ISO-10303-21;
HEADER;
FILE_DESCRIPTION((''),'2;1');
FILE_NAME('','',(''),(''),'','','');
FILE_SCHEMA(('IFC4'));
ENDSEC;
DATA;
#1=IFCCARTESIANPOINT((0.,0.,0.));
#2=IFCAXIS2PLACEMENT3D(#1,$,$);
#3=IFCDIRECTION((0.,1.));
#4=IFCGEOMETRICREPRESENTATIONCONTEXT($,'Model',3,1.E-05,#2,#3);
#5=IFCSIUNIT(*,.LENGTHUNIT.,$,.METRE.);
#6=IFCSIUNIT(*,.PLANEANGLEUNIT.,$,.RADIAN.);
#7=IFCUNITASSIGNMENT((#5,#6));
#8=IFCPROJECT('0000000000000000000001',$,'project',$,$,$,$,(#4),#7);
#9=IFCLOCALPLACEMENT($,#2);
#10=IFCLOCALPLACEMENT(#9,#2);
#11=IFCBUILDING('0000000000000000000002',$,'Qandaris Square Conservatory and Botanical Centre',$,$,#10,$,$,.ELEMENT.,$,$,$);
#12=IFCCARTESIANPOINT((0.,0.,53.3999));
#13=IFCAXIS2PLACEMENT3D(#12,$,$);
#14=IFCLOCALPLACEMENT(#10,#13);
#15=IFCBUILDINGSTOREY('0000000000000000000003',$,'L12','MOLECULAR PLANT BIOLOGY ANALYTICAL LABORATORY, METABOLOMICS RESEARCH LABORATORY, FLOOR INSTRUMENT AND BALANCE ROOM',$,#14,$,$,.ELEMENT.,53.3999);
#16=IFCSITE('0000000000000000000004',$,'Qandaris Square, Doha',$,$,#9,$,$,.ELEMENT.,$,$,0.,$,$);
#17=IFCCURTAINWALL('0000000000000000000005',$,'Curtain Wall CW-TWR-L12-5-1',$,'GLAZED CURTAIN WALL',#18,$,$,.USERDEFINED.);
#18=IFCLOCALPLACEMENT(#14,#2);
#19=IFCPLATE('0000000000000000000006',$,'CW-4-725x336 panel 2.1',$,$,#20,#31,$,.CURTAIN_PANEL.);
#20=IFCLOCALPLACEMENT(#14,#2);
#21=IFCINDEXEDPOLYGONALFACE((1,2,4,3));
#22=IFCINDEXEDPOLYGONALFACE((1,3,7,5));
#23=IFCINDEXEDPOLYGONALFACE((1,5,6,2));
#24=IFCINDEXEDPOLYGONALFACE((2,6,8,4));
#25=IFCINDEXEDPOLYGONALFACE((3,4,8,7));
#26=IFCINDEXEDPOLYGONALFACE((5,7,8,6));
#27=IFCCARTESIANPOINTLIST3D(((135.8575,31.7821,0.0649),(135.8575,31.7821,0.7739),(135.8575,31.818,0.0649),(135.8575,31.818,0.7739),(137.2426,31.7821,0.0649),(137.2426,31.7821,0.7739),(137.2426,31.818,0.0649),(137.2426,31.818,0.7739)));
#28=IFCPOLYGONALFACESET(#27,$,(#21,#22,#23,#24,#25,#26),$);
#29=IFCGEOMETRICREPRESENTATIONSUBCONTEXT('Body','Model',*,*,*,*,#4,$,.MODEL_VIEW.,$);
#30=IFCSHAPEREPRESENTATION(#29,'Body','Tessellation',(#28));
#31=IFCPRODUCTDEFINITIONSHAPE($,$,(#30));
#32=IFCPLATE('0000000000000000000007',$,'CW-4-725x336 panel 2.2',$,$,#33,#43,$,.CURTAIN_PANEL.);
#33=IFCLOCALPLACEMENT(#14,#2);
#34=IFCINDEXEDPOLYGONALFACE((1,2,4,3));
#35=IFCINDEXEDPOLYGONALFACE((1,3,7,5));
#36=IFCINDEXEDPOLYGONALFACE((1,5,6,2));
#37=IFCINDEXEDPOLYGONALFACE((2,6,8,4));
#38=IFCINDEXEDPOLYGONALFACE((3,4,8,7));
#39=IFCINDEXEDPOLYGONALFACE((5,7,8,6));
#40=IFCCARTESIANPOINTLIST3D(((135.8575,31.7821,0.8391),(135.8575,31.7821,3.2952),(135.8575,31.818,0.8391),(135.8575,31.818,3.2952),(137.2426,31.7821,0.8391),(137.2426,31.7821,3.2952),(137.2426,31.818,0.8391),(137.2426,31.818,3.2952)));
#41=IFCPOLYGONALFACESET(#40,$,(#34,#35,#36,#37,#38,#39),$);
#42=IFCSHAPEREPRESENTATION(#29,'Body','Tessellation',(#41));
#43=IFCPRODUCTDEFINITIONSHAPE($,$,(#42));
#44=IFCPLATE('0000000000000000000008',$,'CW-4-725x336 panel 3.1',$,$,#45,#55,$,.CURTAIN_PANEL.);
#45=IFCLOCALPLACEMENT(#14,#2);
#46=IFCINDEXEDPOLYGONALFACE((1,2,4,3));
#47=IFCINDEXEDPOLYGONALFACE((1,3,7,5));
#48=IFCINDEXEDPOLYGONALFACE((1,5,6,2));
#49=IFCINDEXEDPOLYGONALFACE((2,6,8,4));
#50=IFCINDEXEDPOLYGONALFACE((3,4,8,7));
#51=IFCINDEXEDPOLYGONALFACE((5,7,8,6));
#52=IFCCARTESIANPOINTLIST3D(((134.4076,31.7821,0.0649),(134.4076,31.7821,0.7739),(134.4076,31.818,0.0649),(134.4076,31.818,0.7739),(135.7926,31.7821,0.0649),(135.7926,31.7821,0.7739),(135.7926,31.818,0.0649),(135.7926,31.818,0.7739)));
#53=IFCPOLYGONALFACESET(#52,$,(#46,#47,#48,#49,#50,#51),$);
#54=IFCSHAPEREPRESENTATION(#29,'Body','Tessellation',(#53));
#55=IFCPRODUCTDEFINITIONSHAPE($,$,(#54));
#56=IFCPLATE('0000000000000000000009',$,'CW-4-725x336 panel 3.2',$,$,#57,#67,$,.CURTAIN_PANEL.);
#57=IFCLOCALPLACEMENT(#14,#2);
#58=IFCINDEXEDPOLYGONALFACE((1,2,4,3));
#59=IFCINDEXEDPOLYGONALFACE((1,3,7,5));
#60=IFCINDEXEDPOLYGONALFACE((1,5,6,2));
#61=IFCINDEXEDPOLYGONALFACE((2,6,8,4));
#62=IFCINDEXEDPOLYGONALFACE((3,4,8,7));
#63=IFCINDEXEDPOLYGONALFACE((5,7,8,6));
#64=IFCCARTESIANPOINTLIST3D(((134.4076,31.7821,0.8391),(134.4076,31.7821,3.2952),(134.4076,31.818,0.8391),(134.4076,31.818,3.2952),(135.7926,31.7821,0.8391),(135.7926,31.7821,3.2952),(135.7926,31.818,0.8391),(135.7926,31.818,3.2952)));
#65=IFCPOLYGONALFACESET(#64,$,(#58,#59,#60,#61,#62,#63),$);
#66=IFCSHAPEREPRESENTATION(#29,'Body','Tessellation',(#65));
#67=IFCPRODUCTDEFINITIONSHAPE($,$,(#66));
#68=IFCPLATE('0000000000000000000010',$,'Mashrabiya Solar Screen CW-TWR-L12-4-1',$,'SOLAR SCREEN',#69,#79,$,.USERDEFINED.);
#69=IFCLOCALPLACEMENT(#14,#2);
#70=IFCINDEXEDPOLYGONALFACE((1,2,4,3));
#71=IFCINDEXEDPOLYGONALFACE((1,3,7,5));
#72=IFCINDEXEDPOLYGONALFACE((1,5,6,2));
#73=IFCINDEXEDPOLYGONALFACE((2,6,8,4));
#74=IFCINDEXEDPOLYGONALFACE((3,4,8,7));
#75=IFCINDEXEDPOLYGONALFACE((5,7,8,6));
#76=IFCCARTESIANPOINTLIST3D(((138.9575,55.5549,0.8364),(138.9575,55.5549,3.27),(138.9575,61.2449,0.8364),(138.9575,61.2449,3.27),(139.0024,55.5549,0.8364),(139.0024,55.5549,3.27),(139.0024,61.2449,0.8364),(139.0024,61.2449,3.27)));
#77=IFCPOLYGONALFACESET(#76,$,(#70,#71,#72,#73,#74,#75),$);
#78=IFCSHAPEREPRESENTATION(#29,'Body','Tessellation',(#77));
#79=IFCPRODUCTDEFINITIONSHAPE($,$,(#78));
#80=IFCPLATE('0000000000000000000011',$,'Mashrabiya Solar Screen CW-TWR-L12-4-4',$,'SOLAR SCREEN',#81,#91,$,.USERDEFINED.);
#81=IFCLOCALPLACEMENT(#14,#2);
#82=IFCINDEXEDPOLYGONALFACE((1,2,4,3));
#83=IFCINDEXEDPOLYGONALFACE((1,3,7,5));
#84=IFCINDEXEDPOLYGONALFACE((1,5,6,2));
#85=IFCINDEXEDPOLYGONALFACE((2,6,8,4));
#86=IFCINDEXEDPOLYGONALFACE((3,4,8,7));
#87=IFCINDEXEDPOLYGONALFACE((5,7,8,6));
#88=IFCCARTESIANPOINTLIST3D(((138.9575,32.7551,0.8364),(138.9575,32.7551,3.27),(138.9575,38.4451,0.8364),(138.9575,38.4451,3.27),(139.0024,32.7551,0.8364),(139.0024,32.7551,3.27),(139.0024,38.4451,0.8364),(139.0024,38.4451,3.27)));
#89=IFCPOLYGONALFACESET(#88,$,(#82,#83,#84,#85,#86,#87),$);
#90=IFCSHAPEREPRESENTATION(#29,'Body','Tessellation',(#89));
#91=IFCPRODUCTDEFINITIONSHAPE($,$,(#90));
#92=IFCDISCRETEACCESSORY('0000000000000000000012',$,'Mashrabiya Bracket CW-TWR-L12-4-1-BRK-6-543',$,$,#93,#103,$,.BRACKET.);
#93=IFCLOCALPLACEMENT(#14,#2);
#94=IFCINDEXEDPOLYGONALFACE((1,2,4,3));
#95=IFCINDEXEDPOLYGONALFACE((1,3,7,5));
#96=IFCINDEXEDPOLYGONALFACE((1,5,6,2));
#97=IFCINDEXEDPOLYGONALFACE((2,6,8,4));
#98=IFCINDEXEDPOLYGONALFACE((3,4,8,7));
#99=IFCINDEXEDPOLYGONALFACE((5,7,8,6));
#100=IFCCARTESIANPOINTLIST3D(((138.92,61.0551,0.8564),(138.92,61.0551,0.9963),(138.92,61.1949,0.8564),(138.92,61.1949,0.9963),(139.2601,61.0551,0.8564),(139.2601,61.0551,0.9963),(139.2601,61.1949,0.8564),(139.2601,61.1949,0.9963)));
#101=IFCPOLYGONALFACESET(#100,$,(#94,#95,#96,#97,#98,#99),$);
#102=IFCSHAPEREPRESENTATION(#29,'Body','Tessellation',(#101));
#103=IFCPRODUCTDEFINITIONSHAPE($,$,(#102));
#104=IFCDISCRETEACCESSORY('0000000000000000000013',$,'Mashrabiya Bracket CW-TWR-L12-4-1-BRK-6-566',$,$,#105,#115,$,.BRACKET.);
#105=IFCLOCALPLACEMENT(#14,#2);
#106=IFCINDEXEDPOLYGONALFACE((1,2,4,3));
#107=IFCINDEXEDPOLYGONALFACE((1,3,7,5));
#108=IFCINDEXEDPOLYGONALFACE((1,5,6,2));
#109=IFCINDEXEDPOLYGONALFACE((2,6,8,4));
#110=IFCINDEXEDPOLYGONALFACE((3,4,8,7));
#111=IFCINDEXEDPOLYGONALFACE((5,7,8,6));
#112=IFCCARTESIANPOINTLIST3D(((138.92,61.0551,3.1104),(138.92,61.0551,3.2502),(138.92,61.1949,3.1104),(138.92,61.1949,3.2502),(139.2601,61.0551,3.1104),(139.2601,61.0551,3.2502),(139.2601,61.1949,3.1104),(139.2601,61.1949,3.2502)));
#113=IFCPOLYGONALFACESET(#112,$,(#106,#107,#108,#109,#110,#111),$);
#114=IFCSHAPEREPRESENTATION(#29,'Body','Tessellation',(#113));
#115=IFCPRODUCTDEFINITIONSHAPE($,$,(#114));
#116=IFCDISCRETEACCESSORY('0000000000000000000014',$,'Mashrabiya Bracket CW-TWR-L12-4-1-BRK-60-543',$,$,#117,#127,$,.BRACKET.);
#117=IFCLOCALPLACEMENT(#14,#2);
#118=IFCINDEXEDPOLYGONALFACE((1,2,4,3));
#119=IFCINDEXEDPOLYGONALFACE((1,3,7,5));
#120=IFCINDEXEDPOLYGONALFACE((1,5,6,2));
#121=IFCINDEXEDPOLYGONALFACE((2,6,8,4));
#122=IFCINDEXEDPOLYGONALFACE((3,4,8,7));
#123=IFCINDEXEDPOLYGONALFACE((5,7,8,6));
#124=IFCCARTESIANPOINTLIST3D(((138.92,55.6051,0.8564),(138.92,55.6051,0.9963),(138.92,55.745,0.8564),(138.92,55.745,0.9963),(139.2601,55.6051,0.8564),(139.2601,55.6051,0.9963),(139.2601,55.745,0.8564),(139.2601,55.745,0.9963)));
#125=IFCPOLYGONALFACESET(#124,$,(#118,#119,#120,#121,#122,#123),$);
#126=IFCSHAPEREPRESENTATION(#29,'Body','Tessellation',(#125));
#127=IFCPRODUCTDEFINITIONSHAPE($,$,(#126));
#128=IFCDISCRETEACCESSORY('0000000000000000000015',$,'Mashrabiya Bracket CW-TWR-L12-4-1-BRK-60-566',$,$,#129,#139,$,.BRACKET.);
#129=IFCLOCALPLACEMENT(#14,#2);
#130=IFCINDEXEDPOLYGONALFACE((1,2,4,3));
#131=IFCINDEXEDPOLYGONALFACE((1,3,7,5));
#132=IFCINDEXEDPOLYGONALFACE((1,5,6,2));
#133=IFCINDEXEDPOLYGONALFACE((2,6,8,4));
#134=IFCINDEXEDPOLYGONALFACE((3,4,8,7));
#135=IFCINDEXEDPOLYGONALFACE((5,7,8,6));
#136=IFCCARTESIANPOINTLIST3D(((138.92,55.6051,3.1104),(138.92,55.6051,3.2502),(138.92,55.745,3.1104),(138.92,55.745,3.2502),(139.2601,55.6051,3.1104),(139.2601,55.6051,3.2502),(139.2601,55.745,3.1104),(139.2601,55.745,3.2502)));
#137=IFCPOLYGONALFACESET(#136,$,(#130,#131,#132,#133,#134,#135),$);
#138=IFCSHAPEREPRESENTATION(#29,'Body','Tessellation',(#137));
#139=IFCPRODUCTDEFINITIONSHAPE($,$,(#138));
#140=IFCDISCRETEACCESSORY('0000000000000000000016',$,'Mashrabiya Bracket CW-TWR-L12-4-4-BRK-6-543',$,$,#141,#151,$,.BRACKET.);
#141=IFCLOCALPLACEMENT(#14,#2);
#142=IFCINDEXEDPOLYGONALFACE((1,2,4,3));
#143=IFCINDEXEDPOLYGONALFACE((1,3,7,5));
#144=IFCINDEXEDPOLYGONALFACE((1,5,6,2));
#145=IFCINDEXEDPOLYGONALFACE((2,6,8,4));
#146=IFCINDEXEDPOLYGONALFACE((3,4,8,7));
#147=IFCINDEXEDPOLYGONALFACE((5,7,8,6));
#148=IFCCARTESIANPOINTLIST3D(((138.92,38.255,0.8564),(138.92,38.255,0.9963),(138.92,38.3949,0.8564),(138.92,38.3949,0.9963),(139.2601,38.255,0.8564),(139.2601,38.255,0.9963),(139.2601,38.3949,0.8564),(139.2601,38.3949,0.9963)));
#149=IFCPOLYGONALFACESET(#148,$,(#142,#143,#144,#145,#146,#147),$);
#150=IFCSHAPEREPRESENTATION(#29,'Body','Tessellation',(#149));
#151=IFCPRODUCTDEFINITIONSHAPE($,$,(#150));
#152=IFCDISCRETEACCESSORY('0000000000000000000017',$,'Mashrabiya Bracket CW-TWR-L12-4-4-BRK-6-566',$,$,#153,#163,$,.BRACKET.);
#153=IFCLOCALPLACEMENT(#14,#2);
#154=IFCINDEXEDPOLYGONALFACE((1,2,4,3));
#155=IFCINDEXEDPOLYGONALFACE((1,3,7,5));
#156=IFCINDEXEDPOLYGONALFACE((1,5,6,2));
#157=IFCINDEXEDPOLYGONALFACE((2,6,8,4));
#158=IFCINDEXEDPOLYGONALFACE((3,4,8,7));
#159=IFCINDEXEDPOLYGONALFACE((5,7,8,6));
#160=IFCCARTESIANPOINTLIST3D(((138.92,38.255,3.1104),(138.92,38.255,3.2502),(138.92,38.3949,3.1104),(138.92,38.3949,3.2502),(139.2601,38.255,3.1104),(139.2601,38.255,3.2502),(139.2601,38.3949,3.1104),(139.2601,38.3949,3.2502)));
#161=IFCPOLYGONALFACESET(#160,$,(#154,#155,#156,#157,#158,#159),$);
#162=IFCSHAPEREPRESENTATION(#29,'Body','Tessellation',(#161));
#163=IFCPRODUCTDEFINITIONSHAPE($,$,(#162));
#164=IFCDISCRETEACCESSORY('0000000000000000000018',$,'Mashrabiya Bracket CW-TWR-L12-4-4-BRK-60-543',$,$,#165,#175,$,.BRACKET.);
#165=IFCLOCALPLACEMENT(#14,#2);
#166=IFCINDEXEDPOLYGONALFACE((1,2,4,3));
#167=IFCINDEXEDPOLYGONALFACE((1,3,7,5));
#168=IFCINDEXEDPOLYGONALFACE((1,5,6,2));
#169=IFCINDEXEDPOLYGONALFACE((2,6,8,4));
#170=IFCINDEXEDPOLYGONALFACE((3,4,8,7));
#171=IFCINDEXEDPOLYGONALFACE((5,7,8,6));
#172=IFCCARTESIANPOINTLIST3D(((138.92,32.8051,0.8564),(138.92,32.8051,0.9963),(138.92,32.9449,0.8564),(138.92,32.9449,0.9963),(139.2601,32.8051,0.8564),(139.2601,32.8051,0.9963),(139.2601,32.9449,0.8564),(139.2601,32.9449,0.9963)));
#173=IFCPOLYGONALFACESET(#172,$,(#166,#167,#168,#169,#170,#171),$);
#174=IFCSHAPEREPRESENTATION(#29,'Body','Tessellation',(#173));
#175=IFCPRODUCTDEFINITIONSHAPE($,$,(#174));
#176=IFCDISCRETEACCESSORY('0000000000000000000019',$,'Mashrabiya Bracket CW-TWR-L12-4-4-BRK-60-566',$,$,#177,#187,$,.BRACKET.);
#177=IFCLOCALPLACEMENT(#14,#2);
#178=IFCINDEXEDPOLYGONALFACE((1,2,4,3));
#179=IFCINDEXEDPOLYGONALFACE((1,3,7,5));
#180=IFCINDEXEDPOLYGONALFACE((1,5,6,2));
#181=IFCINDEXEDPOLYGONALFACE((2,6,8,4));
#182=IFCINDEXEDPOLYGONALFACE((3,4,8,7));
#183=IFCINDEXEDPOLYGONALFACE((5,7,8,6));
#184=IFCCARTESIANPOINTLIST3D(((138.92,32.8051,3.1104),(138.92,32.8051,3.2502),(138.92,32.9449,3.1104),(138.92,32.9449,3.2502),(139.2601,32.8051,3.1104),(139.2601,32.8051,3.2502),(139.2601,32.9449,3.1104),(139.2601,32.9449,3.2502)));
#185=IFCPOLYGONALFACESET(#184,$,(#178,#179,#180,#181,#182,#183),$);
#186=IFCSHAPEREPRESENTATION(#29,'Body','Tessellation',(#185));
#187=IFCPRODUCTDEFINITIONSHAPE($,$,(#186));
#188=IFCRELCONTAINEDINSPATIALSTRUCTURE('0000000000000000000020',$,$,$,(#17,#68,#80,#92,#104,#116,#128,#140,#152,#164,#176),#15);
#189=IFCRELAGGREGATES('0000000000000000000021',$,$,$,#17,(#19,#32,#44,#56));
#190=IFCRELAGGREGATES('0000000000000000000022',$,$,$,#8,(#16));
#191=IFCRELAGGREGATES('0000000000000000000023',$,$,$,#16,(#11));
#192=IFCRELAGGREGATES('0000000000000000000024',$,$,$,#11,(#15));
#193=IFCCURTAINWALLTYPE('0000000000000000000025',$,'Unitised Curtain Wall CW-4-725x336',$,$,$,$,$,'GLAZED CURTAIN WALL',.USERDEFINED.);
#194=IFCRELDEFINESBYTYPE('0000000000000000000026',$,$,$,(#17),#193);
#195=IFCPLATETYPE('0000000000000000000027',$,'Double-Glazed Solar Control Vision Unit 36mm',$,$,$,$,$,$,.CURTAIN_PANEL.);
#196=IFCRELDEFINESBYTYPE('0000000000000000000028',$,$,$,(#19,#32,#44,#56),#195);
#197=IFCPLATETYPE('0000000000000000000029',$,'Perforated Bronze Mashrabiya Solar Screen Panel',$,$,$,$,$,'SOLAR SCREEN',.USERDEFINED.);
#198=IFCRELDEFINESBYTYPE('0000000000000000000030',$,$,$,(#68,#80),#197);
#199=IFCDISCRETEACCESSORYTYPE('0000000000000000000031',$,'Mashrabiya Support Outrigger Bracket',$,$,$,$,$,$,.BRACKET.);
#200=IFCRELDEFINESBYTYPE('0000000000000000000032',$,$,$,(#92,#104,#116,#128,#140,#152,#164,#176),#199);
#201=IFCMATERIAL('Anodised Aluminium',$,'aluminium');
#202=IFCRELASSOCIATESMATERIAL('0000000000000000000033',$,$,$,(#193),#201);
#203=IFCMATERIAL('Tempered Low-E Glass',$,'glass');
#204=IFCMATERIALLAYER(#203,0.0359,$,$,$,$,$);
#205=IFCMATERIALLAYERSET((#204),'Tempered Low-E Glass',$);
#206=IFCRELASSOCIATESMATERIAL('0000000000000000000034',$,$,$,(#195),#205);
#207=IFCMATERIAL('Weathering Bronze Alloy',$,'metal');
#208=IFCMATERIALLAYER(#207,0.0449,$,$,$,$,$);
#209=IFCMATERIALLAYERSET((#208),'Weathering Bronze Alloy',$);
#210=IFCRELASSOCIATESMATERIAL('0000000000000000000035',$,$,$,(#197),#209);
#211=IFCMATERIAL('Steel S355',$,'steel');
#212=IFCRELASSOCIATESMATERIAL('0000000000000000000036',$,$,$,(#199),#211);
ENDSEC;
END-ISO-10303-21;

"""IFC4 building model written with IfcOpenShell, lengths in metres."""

from ifc_helpers import new_model, si_unit, direction, frame, origin, origin_2d, place, context, subcontext, project, spatial, rectangle, extrude, material, layer, layer_set, type_object, element, aggregate, save


model = new_model("IFC4")

# Units and contexts
model_context = context("Model", 3, precision=1e-05, world=origin(), true_north=direction((0.0, 1.0)))
body_context = subcontext(model_context, "Body", "Model", "MODEL_VIEW")
ifc_project = project(units=[si_unit("LENGTHUNIT", "METRE"), si_unit("PLANEANGLEUNIT", "RADIAN")], contexts=[model_context])

# Site, building, storey
site_placement = place(None, origin())
site = spatial("IfcSite", under=ifc_project, at=site_placement, Name="Qandaris Square, Doha", CompositionType="ELEMENT", RefElevation=0.0)
building_placement = place(site_placement, origin())
building = spatial("IfcBuilding", under=site, at=building_placement, Name="Qandaris Square Conservatory and Botanical Centre", CompositionType="ELEMENT")
storey_placement = place(building_placement, frame((0.0, 0.0, 53.3999)))
storey = spatial("IfcBuildingStorey", under=building, at=storey_placement, Name="L12", Description="MOLECULAR PLANT BIOLOGY ANALYTICAL LABORATORY, METABOLOMICS RESEARCH LABORATORY, FLOOR INSTRUMENT AND BALANCE ROOM", CompositionType="ELEMENT", Elevation=53.3999)

# Curtain wall, plates
ifc_material_1 = material(Name="Anodised Aluminium", Category="aluminium")
curtain_wall_type = type_object("IfcCurtainWallType", Name="Unitised Curtain Wall CW-4-725x336", ElementType="GLAZED CURTAIN WALL", PredefinedType="USERDEFINED", material=ifc_material_1)
curtain_wall_placement = place(storey_placement, origin())
curtain_wall = element("IfcCurtainWall", 1, at=curtain_wall_placement, inside=storey, type_object=curtain_wall_type, Name="Curtain Wall CW-TWR-L12-5-1", ObjectType="GLAZED CURTAIN WALL", PredefinedType="USERDEFINED")
ifc_material_2 = material(Name="Tempered Low-E Glass", Category="glass")
ifc_layer_1 = layer(ifc_material_2, 0.0359)
ifc_layer_set_1 = layer_set([ifc_layer_1], Name="Tempered Low-E Glass")
plate_type_1 = type_object("IfcPlateType", Name="Double-Glazed Solar Control Vision Unit 36mm", PredefinedType="CURTAIN_PANEL", material=ifc_layer_set_1)
plate_1_placement = place(storey_placement, frame((136.55, 31.8, 0.0649), z_axis=(0.0, 0.0, 1.0), x_axis=(-1.0, 0.0, 0.0)))
plate_1 = element("IfcPlate", 2, at=plate_1_placement, type_object=plate_type_1, Name="CW-4-725x336 panel 2.1", PredefinedType="CURTAIN_PANEL", context=body_context, shape_type="SweptSolid", body=[
    extrude(rectangle(XDim=1.385, YDim=0.0359, at=origin_2d()), origin(), (0.0, 0.0, 1.0), 0.709),
])
plate_2_placement = place(storey_placement, frame((136.55, 31.8, 0.8391), z_axis=(0.0, 0.0, 1.0), x_axis=(-1.0, 0.0, 0.0)))
plate_2 = element("IfcPlate", 3, at=plate_2_placement, type_object=plate_type_1, Name="CW-4-725x336 panel 2.2", PredefinedType="CURTAIN_PANEL", context=body_context, shape_type="SweptSolid", body=[
    extrude(rectangle(XDim=1.385, YDim=0.0359, at=origin_2d()), origin(), (0.0, 0.0, 1.0), 2.4561),
])
plate_3_placement = place(storey_placement, frame((135.1001, 31.8, 0.0649), z_axis=(0.0, 0.0, 1.0), x_axis=(-1.0, 0.0, 0.0)))
plate_3 = element("IfcPlate", 4, at=plate_3_placement, type_object=plate_type_1, Name="CW-4-725x336 panel 3.1", PredefinedType="CURTAIN_PANEL", context=body_context, shape_type="SweptSolid", body=[
    extrude(rectangle(XDim=1.385, YDim=0.0359, at=origin_2d()), origin(), (0.0, 0.0, 1.0), 0.709),
])
plate_4_placement = place(storey_placement, frame((135.1001, 31.8, 0.8391), z_axis=(0.0, 0.0, 1.0), x_axis=(-1.0, 0.0, 0.0)))
plate_4 = element("IfcPlate", 5, at=plate_4_placement, type_object=plate_type_1, Name="CW-4-725x336 panel 3.2", PredefinedType="CURTAIN_PANEL", context=body_context, shape_type="SweptSolid", body=[
    extrude(rectangle(XDim=1.385, YDim=0.0359, at=origin_2d()), origin(), (0.0, 0.0, 1.0), 2.4561),
])
aggregate(curtain_wall, [plate_1, plate_2, plate_3, plate_4])

# Plates
ifc_material_3 = material(Name="Weathering Bronze Alloy", Category="metal")
ifc_layer_2 = layer(ifc_material_3, 0.0449)
ifc_layer_set_2 = layer_set([ifc_layer_2], Name="Weathering Bronze Alloy")
plate_type_2 = type_object("IfcPlateType", Name="Perforated Bronze Mashrabiya Solar Screen Panel", ElementType="SOLAR SCREEN", PredefinedType="USERDEFINED", material=ifc_layer_set_2)
for number, where, z_axis, x_axis, name in (
    (6, (138.98, 58.3999, 0.8364), (0.0, 0.0, 1.0), (0.0, -1.0, 0.0), "Mashrabiya Solar Screen CW-TWR-L12-4-1"),
    (7, (138.98, 35.6001, 0.8364), (0.0, 0.0, 1.0), (0.0, -1.0, 0.0), "Mashrabiya Solar Screen CW-TWR-L12-4-4"),
):
    element("IfcPlate", number, at=place(storey_placement, frame(where, z_axis=z_axis, x_axis=x_axis)), inside=storey, type_object=plate_type_2, Name=name, ObjectType="SOLAR SCREEN", PredefinedType="USERDEFINED", context=body_context, shape_type="SweptSolid", body=[
        extrude(rectangle(XDim=5.6899, YDim=0.0449, at=origin_2d()), origin(), (0.0, 0.0, 1.0), 2.4336),
    ])

# Discrete accessories
ifc_material_4 = material(Name="Steel S355", Category="steel")
discrete_accessory_type = type_object("IfcDiscreteAccessoryType", Name="Mashrabiya Support Outrigger Bracket", PredefinedType="BRACKET", material=ifc_material_4)
for number, where, z_axis, x_axis, name in (
    (8, (139.0901, 61.125, 0.8564), (0.0, 0.0, 1.0), (0.0, -1.0, 0.0), "Mashrabiya Bracket CW-TWR-L12-4-1-BRK-6-543"),
    (9, (139.0901, 61.125, 3.1104), (0.0, 0.0, 1.0), (0.0, -1.0, 0.0), "Mashrabiya Bracket CW-TWR-L12-4-1-BRK-6-566"),
    (10, (139.0901, 55.675, 0.8564), (0.0, 0.0, 1.0), (0.0, -1.0, 0.0), "Mashrabiya Bracket CW-TWR-L12-4-1-BRK-60-543"),
    (11, (139.0901, 55.675, 3.1104), (0.0, 0.0, 1.0), (0.0, -1.0, 0.0), "Mashrabiya Bracket CW-TWR-L12-4-1-BRK-60-566"),
    (12, (139.0901, 38.325, 0.8564), (0.0, 0.0, 1.0), (0.0, -1.0, 0.0), "Mashrabiya Bracket CW-TWR-L12-4-4-BRK-6-543"),
    (13, (139.0901, 38.325, 3.1104), (0.0, 0.0, 1.0), (0.0, -1.0, 0.0), "Mashrabiya Bracket CW-TWR-L12-4-4-BRK-6-566"),
    (14, (139.0901, 32.875, 0.8564), (0.0, 0.0, 1.0), (0.0, -1.0, 0.0), "Mashrabiya Bracket CW-TWR-L12-4-4-BRK-60-543"),
    (15, (139.0901, 32.875, 3.1104), (0.0, 0.0, 1.0), (0.0, -1.0, 0.0), "Mashrabiya Bracket CW-TWR-L12-4-4-BRK-60-566"),
):
    element("IfcDiscreteAccessory", number, at=place(storey_placement, frame(where, z_axis=z_axis, x_axis=x_axis)), inside=storey, type_object=discrete_accessory_type, Name=name, PredefinedType="BRACKET", context=body_context, shape_type="SweptSolid", body=[
        extrude(rectangle(XDim=0.1399, YDim=0.3401, at=origin_2d()), origin(), (0.0, 0.0, 1.0), 0.1399),
    ])

save(model, "model.ifc")
